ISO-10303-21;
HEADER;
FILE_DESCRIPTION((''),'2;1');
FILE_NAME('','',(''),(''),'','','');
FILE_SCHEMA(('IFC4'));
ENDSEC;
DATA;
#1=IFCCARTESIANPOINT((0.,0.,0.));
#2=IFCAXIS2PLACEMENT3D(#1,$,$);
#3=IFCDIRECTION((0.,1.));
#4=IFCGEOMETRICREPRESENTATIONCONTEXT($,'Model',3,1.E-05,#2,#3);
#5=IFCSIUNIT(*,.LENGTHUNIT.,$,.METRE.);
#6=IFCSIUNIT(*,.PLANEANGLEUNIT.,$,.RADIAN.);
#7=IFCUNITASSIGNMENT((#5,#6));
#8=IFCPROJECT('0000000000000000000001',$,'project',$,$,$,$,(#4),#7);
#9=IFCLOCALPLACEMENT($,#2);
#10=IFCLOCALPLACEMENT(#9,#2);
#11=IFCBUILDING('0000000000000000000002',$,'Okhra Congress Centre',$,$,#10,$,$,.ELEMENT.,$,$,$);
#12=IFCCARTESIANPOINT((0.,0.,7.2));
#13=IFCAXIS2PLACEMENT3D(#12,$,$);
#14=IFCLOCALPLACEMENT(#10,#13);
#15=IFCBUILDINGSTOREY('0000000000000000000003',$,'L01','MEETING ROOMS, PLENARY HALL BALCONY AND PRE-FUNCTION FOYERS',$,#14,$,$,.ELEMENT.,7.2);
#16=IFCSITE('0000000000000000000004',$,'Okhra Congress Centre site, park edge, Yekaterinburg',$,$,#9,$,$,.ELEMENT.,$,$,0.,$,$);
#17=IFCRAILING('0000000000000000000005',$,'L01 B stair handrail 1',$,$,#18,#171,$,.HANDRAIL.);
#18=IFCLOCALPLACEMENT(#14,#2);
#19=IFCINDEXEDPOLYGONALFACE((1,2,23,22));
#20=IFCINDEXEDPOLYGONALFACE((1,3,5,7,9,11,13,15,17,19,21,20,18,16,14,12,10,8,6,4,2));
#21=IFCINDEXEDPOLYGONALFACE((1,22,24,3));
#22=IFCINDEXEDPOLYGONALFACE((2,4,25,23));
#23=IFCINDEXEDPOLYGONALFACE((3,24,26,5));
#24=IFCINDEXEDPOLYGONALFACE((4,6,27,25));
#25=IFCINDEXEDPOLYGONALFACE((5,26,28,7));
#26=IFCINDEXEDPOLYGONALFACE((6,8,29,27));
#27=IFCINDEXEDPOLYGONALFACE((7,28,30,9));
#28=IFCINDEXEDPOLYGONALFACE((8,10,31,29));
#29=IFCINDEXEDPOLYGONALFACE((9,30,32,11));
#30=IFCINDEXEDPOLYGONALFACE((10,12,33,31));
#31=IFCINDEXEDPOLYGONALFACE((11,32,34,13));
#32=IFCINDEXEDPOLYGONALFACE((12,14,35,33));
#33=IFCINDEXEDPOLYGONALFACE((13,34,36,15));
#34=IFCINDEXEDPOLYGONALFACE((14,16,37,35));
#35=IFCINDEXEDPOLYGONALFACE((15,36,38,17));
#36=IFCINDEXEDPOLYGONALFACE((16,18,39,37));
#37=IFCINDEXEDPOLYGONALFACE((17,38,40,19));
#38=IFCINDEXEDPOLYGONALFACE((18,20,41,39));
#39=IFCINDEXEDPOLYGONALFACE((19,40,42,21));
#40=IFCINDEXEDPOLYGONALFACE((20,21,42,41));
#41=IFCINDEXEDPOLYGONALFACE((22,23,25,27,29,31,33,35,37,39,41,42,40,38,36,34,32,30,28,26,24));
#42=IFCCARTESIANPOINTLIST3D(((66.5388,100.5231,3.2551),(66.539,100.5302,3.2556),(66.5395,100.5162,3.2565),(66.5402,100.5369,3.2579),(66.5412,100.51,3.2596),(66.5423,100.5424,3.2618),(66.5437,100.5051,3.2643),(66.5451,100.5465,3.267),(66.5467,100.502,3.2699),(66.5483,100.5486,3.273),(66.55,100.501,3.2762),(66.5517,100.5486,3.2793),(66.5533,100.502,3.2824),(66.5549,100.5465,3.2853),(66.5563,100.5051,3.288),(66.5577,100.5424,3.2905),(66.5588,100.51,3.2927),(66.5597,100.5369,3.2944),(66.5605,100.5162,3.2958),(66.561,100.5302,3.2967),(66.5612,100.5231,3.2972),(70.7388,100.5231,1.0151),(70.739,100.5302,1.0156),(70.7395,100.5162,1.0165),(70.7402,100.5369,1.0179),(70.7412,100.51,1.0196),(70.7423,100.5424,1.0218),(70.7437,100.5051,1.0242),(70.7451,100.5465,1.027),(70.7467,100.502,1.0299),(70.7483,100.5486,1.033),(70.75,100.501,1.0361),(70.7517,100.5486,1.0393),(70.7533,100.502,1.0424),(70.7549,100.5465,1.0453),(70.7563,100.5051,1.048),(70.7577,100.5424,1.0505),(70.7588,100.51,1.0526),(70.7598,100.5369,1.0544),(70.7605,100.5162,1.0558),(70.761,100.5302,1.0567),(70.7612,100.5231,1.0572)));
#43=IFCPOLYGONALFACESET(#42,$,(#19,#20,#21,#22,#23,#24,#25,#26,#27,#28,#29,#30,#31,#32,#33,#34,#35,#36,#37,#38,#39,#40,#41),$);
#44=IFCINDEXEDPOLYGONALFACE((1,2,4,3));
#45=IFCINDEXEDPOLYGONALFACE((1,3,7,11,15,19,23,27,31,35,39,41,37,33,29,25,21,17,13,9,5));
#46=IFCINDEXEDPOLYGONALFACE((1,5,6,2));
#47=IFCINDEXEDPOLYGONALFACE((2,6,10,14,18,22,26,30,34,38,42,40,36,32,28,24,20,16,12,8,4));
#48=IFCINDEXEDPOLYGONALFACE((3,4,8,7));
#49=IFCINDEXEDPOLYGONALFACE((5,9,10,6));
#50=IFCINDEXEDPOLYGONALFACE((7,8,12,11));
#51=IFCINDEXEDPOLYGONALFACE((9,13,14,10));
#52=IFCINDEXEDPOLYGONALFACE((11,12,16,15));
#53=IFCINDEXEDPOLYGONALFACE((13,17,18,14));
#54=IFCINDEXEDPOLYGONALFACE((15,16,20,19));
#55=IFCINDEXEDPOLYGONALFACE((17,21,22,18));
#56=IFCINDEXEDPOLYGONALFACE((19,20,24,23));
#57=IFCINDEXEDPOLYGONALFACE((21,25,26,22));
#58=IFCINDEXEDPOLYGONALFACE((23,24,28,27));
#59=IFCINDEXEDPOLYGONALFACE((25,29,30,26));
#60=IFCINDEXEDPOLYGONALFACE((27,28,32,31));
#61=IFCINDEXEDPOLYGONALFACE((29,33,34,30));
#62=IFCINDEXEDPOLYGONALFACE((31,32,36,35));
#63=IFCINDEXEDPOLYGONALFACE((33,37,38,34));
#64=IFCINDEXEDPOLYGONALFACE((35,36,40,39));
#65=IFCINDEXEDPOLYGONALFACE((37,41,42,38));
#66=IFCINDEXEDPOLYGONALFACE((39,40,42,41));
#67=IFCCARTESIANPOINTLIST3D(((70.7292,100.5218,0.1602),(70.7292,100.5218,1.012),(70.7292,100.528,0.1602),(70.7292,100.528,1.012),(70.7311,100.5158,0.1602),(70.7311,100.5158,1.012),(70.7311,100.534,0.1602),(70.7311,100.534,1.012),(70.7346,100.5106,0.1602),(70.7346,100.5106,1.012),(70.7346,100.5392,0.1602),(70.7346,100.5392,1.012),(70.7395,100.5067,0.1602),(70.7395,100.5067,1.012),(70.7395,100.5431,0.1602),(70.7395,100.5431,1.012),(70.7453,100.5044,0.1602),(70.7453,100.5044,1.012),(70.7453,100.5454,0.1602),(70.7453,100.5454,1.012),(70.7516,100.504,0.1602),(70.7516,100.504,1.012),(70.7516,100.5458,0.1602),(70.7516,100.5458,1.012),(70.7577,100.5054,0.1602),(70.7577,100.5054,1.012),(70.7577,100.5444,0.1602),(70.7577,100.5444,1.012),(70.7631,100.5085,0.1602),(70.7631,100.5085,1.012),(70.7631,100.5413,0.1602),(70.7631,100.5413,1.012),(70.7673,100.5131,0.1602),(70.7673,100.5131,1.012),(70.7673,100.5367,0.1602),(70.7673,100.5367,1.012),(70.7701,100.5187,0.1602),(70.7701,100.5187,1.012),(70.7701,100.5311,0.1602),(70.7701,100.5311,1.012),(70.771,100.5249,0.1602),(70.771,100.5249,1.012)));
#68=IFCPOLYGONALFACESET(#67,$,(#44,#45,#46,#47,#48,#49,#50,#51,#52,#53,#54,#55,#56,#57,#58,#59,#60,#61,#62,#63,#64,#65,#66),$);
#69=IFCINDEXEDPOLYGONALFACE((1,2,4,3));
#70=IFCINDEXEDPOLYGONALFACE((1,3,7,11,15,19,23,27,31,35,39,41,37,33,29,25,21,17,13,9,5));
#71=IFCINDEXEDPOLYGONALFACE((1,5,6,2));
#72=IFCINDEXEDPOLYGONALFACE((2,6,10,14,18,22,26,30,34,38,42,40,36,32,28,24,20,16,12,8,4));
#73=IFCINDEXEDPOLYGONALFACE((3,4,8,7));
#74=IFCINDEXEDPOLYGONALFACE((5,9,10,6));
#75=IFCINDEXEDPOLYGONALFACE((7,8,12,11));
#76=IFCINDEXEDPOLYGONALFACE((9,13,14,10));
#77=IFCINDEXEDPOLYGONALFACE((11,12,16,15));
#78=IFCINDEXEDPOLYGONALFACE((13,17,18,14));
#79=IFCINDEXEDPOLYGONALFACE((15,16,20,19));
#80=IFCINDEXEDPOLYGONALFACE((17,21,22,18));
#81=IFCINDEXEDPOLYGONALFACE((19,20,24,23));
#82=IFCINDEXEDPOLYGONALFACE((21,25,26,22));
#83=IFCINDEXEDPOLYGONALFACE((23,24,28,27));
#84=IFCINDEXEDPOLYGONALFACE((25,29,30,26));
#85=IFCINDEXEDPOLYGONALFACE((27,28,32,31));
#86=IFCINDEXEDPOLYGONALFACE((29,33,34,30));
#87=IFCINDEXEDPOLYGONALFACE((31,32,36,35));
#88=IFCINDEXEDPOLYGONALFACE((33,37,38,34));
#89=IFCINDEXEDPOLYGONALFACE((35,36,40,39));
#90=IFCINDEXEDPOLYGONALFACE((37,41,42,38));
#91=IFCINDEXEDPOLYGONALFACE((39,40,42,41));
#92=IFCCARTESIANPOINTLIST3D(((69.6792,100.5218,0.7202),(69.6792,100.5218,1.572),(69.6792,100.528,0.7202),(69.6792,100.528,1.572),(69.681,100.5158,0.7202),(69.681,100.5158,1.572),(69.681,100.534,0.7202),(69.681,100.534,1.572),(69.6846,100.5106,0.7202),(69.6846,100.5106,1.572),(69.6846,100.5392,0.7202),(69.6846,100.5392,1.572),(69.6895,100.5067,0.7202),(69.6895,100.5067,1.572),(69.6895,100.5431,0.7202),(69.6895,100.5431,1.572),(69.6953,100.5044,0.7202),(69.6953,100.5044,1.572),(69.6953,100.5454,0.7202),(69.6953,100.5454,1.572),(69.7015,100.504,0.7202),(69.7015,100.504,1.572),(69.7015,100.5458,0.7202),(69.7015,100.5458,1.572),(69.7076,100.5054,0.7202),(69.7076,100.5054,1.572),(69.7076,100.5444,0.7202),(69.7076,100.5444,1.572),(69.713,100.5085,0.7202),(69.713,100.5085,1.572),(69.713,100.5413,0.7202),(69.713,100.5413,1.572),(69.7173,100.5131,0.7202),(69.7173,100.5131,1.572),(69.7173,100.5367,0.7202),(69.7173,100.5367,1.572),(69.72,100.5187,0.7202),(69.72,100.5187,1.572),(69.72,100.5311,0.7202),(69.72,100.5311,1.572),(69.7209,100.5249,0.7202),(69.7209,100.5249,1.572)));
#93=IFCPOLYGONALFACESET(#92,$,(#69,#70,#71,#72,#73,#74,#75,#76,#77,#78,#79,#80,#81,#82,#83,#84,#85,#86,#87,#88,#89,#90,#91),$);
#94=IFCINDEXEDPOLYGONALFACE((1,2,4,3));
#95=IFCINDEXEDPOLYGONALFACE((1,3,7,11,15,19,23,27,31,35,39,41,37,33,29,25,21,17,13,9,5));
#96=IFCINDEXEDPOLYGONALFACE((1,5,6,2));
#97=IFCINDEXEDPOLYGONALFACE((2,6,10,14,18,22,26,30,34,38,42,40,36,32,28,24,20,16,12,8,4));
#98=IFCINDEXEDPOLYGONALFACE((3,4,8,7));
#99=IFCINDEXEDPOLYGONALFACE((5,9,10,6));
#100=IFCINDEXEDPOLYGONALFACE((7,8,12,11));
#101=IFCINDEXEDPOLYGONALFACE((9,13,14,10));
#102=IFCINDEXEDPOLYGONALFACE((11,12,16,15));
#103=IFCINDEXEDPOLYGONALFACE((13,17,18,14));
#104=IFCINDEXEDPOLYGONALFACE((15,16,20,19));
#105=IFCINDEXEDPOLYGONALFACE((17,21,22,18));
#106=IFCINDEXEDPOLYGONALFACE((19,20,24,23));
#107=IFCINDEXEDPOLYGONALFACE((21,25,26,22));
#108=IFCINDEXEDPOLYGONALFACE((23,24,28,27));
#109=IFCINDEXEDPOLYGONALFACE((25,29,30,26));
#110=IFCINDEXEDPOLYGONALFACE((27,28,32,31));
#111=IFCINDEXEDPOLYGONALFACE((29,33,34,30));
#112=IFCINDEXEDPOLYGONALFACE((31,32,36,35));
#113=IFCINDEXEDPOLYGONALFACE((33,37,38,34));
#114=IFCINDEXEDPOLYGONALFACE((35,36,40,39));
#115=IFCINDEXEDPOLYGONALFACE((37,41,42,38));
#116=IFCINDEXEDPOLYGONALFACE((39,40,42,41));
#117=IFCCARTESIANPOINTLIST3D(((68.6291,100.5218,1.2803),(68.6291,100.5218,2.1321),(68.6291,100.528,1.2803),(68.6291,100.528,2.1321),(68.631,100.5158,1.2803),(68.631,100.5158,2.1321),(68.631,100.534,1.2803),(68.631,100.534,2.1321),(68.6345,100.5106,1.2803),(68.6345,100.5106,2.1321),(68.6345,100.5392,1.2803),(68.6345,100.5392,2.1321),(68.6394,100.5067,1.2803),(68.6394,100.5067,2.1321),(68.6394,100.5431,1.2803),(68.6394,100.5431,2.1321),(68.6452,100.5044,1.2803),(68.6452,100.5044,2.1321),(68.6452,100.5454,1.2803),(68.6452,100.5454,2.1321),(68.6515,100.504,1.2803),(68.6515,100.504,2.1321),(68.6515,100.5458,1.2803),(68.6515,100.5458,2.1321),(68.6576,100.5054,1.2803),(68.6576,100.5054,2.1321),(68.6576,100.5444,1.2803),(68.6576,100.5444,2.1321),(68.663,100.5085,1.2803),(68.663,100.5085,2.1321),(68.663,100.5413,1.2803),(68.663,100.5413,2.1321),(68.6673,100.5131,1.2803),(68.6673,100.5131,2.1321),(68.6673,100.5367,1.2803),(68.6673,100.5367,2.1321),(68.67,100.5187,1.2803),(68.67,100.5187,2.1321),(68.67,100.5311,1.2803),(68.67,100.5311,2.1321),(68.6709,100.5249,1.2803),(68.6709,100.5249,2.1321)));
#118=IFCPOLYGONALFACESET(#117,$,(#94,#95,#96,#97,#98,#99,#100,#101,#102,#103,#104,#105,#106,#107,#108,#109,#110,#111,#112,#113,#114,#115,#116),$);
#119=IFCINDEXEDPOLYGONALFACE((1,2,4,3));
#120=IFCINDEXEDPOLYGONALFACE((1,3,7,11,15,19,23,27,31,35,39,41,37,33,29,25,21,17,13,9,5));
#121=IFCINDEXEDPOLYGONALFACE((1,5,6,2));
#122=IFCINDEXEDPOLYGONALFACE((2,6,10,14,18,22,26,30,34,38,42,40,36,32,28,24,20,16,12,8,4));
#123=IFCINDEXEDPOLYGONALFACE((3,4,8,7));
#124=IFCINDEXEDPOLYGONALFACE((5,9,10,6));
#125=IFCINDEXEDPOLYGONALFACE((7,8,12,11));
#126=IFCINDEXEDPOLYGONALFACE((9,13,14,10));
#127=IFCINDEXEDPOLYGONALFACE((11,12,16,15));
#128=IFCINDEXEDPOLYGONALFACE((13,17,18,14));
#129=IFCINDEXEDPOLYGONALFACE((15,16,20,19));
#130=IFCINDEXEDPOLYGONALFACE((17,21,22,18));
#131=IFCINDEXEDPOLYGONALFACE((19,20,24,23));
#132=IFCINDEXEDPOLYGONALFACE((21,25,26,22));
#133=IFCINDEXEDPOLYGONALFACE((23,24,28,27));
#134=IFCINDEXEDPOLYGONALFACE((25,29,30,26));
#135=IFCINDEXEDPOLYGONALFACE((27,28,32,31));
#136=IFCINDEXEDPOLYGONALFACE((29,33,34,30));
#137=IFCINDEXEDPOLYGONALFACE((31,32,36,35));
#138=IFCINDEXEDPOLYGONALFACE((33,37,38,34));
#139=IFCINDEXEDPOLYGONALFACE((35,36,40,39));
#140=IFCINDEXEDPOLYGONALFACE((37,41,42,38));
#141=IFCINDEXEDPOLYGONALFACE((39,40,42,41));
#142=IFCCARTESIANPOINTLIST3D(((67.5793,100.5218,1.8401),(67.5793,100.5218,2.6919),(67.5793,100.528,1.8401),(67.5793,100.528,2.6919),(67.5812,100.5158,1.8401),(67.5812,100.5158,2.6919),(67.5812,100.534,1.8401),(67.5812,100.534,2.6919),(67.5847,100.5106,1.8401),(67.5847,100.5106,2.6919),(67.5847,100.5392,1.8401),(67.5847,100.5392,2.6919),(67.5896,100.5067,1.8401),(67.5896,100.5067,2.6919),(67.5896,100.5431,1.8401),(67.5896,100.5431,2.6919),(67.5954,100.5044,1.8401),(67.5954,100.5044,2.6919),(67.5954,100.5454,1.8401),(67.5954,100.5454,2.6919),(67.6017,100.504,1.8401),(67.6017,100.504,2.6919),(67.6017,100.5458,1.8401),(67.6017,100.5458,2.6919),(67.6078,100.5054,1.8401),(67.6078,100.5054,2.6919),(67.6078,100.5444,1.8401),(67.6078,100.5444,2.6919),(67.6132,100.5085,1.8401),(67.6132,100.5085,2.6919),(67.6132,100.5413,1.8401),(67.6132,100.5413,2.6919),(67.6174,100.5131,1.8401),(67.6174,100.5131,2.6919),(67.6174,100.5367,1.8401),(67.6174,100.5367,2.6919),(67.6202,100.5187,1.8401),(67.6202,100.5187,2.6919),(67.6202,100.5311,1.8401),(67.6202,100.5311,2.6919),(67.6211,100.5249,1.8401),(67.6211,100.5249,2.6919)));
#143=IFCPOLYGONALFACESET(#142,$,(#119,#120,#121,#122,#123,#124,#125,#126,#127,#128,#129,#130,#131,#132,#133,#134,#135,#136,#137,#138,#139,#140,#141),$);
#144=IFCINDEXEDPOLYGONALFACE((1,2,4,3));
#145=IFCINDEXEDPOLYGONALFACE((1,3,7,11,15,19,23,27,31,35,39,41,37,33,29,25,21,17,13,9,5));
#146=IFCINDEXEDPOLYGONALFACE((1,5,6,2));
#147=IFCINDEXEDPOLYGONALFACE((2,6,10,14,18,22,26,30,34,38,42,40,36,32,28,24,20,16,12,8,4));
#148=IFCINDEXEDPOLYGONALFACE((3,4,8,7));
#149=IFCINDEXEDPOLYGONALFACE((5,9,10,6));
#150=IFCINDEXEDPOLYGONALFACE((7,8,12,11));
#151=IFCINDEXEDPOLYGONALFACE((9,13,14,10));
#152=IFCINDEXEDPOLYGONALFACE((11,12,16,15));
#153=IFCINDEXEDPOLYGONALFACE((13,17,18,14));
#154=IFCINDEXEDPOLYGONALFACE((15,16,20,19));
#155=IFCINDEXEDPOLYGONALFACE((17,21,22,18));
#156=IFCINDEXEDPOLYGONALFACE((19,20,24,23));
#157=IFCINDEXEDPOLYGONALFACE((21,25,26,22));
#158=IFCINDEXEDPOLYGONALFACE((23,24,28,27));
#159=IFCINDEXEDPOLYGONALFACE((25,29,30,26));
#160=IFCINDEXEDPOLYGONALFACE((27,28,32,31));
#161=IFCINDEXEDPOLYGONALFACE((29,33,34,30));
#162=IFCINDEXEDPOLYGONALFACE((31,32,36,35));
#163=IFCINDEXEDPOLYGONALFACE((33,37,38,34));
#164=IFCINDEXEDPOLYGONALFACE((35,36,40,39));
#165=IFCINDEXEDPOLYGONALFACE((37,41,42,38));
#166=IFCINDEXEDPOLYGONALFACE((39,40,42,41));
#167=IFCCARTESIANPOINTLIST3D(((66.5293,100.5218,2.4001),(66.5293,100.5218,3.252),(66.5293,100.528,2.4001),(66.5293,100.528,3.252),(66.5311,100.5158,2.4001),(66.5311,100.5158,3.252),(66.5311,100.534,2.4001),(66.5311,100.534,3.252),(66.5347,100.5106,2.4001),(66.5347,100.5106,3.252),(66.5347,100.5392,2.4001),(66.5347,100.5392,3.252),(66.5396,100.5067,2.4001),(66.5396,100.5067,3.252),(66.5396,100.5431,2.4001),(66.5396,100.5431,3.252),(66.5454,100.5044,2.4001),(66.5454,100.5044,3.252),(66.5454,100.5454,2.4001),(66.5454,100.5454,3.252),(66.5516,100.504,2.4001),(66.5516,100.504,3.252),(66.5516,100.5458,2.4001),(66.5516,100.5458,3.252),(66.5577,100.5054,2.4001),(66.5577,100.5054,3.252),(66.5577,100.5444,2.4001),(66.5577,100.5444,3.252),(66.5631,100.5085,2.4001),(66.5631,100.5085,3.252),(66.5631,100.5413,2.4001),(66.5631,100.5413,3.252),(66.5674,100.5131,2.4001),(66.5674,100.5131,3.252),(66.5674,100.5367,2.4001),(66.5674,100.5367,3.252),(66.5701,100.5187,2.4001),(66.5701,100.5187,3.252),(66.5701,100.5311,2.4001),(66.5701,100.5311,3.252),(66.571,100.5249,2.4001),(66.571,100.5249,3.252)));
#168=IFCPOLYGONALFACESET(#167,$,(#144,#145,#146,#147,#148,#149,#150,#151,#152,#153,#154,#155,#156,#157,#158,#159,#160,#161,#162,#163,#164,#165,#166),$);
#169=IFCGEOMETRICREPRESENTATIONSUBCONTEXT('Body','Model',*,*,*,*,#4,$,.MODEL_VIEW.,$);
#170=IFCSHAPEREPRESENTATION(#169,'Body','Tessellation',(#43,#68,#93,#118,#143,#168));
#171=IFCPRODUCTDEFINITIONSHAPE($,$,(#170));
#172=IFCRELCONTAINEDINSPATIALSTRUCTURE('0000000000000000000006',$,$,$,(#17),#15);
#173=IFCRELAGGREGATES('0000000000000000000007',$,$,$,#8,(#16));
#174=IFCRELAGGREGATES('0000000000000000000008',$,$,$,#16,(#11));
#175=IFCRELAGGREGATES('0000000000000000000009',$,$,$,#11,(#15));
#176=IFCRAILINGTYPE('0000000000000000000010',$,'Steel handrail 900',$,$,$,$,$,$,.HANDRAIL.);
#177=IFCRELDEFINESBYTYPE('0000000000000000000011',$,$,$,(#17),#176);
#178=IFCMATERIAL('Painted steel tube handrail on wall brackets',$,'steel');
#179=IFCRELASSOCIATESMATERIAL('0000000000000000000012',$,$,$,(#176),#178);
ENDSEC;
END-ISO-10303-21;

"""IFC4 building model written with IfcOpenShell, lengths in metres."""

from ifc_helpers import new_model, si_unit, direction, frame, origin, origin_2d, place, context, subcontext, project, spatial, circle, extrude, material, type_object, element, save


model = new_model("IFC4")

# Units and contexts
model_context = context("Model", 3, precision=1e-05, world=origin(), true_north=direction((0.0, 1.0)))
body_context = subcontext(model_context, "Body", "Model", "MODEL_VIEW")
ifc_project = project(units=[si_unit("LENGTHUNIT", "METRE"), si_unit("PLANEANGLEUNIT", "RADIAN")], contexts=[model_context])

# Site, building, storey
site_placement = place(None, origin())
site = spatial("IfcSite", under=ifc_project, at=site_placement, Name="Okhra Congress Centre site, park edge, Yekaterinburg", CompositionType="ELEMENT", RefElevation=0.0)
building_placement = place(site_placement, origin())
building = spatial("IfcBuilding", under=site, at=building_placement, Name="Okhra Congress Centre", CompositionType="ELEMENT")
storey_placement = place(building_placement, frame((0.0, 0.0, 7.2)))
storey = spatial("IfcBuildingStorey", under=building, at=storey_placement, Name="L01", Description="MEETING ROOMS, PLENARY HALL BALCONY AND PRE-FUNCTION FOYERS", CompositionType="ELEMENT", Elevation=7.2)

# Railing
ifc_material_1 = material(Name="Painted steel tube handrail on wall brackets", Category="steel")
railing_type_1 = type_object("IfcRailingType", Name="Steel handrail 900", PredefinedType="HANDRAIL", material=ifc_material_1)
railing_1_placement = place(storey_placement, frame((70.75, 100.5249, 0.1602)))
element("IfcRailing", 1, at=railing_1_placement, inside=storey, type_object=railing_type_1, Name="L01 B stair handrail 1", PredefinedType="HANDRAIL", context=body_context, shape_type="SweptSolid", body=[
    extrude(circle(Radius=0.0239, at=origin_2d()), frame((0.0, 0.0, 0.876), z_axis=(-0.882352, 0.0, 0.470591), x_axis=(0.0, -1.0, 0.0)), (0.0, 0.0, 1.0), 4.76),
    extrude(circle(Radius=0.021, at=origin_2d()), origin(), (0.0, 0.0, 1.0), 0.8518),
    extrude(circle(Radius=0.021, at=origin_2d()), frame((-1.05, 0.0, 0.5601)), (0.0, 0.0, 1.0), 0.8518),
    extrude(circle(Radius=0.021, at=origin_2d()), frame((-2.1001, 0.0, 1.1201)), (0.0, 0.0, 1.0), 0.8518),
    extrude(circle(Radius=0.021, at=origin_2d()), frame((-3.1499, 0.0, 1.6799)), (0.0, 0.0, 1.0), 0.8518),
    extrude(circle(Radius=0.021, at=origin_2d()), frame((-4.2, 0.0, 2.24)), (0.0, 0.0, 1.0), 0.8518),
])

save(model, "model.ifc")
